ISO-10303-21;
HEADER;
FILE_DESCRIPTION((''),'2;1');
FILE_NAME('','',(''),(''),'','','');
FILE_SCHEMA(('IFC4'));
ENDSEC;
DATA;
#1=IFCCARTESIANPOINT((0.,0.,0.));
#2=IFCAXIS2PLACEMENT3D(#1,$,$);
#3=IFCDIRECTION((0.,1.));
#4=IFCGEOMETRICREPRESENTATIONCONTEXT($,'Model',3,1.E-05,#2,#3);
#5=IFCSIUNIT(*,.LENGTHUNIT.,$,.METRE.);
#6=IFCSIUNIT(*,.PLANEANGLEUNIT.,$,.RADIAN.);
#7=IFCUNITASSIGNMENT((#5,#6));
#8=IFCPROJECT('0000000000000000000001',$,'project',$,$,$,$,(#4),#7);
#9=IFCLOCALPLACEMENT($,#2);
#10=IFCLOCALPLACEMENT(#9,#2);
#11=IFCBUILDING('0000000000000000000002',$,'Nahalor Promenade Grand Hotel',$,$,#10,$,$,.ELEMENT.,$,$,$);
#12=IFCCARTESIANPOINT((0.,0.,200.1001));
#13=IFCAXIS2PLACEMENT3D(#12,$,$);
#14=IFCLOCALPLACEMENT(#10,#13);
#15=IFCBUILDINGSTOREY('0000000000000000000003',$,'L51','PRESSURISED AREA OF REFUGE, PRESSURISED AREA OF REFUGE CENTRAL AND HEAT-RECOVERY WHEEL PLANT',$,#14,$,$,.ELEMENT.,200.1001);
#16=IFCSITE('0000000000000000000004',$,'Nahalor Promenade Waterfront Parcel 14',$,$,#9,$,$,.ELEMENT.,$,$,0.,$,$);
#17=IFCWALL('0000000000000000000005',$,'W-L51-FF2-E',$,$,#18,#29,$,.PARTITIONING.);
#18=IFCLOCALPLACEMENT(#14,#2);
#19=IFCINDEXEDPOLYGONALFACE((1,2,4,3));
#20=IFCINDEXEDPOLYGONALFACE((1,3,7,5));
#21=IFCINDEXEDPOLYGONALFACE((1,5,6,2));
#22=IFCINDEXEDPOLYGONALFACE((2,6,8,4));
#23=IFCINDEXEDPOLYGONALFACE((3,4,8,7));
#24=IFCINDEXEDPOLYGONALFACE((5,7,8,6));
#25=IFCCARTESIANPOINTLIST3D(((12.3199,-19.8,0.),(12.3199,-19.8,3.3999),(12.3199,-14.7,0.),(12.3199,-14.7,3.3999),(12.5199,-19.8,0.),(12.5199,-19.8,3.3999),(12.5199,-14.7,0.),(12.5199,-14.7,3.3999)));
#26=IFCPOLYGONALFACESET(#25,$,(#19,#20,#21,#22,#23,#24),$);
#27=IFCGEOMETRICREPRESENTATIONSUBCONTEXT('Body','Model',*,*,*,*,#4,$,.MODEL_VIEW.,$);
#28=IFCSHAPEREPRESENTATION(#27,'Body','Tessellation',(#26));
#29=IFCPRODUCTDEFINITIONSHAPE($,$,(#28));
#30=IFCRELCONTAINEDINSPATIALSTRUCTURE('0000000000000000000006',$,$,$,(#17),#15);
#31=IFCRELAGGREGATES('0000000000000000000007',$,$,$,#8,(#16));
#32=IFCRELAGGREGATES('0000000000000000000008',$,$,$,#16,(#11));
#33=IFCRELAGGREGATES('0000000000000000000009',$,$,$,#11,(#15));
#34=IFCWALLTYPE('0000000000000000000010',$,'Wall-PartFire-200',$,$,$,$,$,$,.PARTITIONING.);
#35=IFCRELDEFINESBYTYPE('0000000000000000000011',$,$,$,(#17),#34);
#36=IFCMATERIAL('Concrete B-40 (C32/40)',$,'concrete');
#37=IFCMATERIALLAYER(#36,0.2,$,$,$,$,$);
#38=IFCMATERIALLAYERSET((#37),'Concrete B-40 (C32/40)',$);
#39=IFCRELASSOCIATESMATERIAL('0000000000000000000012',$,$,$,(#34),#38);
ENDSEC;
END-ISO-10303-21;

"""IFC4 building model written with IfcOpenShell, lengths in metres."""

from ifc_helpers import new_model, si_unit, direction, frame, frame_2d, origin, place, context, subcontext, project, spatial, rectangle, extrude, source, transform, mapped, material, layer, layer_set, type_object, element, save


model = new_model("IFC4")

# Units and contexts
model_context = context("Model", 3, precision=1e-05, world=origin(), true_north=direction((0.0, 1.0)))
body_context = subcontext(model_context, "Body", "Model", "MODEL_VIEW")
ifc_project = project(units=[si_unit("LENGTHUNIT", "METRE"), si_unit("PLANEANGLEUNIT", "RADIAN")], contexts=[model_context])

# Site, building, storey
site_placement = place(None, origin())
site = spatial("IfcSite", under=ifc_project, at=site_placement, Name="Nahalor Promenade Waterfront Parcel 14", CompositionType="ELEMENT", RefElevation=0.0)
building_placement = place(site_placement, origin())
building = spatial("IfcBuilding", under=site, at=building_placement, Name="Nahalor Promenade Grand Hotel", CompositionType="ELEMENT")
storey_placement = place(building_placement, frame((0.0, 0.0, 200.1001)))
storey = spatial("IfcBuildingStorey", under=building, at=storey_placement, Name="L51", Description="PRESSURISED AREA OF REFUGE, PRESSURISED AREA OF REFUGE CENTRAL AND HEAT-RECOVERY WHEEL PLANT", CompositionType="ELEMENT", Elevation=200.1001)

# Wall
ifc_material_1 = material(Name="Concrete B-40 (C32/40)", Category="concrete")
ifc_layer_1 = layer(ifc_material_1, 0.2)
ifc_layer_set_1 = layer_set([ifc_layer_1], Name="Concrete B-40 (C32/40)")
wall_type_1 = type_object("IfcWallType", Name="Wall-PartFire-200", PredefinedType="PARTITIONING", material=ifc_layer_set_1)
shared_shape_1 = source(origin(), body_context, "Body", "SweptSolid", [
    extrude(rectangle(XDim=5.1001, YDim=0.2, at=frame_2d((2.55, 0.0))), origin(), (0.0, 0.0, 1.0), 3.3999),
])
wall_1_placement = place(storey_placement, frame((12.4199, -19.8, 0.0), z_axis=(0.0, 0.0, 1.0), x_axis=(0.0, 1.0, 0.0)))
element("IfcWall", 1, at=wall_1_placement, inside=storey, type_object=wall_type_1, Name="W-L51-FF2-E", PredefinedType="PARTITIONING", context=body_context, shape_type="MappedRepresentation", body=[
    mapped(shared_shape_1, transform((0.0, 0.0, 0.0), scale=1.0)),
])

save(model, "model.ifc")
